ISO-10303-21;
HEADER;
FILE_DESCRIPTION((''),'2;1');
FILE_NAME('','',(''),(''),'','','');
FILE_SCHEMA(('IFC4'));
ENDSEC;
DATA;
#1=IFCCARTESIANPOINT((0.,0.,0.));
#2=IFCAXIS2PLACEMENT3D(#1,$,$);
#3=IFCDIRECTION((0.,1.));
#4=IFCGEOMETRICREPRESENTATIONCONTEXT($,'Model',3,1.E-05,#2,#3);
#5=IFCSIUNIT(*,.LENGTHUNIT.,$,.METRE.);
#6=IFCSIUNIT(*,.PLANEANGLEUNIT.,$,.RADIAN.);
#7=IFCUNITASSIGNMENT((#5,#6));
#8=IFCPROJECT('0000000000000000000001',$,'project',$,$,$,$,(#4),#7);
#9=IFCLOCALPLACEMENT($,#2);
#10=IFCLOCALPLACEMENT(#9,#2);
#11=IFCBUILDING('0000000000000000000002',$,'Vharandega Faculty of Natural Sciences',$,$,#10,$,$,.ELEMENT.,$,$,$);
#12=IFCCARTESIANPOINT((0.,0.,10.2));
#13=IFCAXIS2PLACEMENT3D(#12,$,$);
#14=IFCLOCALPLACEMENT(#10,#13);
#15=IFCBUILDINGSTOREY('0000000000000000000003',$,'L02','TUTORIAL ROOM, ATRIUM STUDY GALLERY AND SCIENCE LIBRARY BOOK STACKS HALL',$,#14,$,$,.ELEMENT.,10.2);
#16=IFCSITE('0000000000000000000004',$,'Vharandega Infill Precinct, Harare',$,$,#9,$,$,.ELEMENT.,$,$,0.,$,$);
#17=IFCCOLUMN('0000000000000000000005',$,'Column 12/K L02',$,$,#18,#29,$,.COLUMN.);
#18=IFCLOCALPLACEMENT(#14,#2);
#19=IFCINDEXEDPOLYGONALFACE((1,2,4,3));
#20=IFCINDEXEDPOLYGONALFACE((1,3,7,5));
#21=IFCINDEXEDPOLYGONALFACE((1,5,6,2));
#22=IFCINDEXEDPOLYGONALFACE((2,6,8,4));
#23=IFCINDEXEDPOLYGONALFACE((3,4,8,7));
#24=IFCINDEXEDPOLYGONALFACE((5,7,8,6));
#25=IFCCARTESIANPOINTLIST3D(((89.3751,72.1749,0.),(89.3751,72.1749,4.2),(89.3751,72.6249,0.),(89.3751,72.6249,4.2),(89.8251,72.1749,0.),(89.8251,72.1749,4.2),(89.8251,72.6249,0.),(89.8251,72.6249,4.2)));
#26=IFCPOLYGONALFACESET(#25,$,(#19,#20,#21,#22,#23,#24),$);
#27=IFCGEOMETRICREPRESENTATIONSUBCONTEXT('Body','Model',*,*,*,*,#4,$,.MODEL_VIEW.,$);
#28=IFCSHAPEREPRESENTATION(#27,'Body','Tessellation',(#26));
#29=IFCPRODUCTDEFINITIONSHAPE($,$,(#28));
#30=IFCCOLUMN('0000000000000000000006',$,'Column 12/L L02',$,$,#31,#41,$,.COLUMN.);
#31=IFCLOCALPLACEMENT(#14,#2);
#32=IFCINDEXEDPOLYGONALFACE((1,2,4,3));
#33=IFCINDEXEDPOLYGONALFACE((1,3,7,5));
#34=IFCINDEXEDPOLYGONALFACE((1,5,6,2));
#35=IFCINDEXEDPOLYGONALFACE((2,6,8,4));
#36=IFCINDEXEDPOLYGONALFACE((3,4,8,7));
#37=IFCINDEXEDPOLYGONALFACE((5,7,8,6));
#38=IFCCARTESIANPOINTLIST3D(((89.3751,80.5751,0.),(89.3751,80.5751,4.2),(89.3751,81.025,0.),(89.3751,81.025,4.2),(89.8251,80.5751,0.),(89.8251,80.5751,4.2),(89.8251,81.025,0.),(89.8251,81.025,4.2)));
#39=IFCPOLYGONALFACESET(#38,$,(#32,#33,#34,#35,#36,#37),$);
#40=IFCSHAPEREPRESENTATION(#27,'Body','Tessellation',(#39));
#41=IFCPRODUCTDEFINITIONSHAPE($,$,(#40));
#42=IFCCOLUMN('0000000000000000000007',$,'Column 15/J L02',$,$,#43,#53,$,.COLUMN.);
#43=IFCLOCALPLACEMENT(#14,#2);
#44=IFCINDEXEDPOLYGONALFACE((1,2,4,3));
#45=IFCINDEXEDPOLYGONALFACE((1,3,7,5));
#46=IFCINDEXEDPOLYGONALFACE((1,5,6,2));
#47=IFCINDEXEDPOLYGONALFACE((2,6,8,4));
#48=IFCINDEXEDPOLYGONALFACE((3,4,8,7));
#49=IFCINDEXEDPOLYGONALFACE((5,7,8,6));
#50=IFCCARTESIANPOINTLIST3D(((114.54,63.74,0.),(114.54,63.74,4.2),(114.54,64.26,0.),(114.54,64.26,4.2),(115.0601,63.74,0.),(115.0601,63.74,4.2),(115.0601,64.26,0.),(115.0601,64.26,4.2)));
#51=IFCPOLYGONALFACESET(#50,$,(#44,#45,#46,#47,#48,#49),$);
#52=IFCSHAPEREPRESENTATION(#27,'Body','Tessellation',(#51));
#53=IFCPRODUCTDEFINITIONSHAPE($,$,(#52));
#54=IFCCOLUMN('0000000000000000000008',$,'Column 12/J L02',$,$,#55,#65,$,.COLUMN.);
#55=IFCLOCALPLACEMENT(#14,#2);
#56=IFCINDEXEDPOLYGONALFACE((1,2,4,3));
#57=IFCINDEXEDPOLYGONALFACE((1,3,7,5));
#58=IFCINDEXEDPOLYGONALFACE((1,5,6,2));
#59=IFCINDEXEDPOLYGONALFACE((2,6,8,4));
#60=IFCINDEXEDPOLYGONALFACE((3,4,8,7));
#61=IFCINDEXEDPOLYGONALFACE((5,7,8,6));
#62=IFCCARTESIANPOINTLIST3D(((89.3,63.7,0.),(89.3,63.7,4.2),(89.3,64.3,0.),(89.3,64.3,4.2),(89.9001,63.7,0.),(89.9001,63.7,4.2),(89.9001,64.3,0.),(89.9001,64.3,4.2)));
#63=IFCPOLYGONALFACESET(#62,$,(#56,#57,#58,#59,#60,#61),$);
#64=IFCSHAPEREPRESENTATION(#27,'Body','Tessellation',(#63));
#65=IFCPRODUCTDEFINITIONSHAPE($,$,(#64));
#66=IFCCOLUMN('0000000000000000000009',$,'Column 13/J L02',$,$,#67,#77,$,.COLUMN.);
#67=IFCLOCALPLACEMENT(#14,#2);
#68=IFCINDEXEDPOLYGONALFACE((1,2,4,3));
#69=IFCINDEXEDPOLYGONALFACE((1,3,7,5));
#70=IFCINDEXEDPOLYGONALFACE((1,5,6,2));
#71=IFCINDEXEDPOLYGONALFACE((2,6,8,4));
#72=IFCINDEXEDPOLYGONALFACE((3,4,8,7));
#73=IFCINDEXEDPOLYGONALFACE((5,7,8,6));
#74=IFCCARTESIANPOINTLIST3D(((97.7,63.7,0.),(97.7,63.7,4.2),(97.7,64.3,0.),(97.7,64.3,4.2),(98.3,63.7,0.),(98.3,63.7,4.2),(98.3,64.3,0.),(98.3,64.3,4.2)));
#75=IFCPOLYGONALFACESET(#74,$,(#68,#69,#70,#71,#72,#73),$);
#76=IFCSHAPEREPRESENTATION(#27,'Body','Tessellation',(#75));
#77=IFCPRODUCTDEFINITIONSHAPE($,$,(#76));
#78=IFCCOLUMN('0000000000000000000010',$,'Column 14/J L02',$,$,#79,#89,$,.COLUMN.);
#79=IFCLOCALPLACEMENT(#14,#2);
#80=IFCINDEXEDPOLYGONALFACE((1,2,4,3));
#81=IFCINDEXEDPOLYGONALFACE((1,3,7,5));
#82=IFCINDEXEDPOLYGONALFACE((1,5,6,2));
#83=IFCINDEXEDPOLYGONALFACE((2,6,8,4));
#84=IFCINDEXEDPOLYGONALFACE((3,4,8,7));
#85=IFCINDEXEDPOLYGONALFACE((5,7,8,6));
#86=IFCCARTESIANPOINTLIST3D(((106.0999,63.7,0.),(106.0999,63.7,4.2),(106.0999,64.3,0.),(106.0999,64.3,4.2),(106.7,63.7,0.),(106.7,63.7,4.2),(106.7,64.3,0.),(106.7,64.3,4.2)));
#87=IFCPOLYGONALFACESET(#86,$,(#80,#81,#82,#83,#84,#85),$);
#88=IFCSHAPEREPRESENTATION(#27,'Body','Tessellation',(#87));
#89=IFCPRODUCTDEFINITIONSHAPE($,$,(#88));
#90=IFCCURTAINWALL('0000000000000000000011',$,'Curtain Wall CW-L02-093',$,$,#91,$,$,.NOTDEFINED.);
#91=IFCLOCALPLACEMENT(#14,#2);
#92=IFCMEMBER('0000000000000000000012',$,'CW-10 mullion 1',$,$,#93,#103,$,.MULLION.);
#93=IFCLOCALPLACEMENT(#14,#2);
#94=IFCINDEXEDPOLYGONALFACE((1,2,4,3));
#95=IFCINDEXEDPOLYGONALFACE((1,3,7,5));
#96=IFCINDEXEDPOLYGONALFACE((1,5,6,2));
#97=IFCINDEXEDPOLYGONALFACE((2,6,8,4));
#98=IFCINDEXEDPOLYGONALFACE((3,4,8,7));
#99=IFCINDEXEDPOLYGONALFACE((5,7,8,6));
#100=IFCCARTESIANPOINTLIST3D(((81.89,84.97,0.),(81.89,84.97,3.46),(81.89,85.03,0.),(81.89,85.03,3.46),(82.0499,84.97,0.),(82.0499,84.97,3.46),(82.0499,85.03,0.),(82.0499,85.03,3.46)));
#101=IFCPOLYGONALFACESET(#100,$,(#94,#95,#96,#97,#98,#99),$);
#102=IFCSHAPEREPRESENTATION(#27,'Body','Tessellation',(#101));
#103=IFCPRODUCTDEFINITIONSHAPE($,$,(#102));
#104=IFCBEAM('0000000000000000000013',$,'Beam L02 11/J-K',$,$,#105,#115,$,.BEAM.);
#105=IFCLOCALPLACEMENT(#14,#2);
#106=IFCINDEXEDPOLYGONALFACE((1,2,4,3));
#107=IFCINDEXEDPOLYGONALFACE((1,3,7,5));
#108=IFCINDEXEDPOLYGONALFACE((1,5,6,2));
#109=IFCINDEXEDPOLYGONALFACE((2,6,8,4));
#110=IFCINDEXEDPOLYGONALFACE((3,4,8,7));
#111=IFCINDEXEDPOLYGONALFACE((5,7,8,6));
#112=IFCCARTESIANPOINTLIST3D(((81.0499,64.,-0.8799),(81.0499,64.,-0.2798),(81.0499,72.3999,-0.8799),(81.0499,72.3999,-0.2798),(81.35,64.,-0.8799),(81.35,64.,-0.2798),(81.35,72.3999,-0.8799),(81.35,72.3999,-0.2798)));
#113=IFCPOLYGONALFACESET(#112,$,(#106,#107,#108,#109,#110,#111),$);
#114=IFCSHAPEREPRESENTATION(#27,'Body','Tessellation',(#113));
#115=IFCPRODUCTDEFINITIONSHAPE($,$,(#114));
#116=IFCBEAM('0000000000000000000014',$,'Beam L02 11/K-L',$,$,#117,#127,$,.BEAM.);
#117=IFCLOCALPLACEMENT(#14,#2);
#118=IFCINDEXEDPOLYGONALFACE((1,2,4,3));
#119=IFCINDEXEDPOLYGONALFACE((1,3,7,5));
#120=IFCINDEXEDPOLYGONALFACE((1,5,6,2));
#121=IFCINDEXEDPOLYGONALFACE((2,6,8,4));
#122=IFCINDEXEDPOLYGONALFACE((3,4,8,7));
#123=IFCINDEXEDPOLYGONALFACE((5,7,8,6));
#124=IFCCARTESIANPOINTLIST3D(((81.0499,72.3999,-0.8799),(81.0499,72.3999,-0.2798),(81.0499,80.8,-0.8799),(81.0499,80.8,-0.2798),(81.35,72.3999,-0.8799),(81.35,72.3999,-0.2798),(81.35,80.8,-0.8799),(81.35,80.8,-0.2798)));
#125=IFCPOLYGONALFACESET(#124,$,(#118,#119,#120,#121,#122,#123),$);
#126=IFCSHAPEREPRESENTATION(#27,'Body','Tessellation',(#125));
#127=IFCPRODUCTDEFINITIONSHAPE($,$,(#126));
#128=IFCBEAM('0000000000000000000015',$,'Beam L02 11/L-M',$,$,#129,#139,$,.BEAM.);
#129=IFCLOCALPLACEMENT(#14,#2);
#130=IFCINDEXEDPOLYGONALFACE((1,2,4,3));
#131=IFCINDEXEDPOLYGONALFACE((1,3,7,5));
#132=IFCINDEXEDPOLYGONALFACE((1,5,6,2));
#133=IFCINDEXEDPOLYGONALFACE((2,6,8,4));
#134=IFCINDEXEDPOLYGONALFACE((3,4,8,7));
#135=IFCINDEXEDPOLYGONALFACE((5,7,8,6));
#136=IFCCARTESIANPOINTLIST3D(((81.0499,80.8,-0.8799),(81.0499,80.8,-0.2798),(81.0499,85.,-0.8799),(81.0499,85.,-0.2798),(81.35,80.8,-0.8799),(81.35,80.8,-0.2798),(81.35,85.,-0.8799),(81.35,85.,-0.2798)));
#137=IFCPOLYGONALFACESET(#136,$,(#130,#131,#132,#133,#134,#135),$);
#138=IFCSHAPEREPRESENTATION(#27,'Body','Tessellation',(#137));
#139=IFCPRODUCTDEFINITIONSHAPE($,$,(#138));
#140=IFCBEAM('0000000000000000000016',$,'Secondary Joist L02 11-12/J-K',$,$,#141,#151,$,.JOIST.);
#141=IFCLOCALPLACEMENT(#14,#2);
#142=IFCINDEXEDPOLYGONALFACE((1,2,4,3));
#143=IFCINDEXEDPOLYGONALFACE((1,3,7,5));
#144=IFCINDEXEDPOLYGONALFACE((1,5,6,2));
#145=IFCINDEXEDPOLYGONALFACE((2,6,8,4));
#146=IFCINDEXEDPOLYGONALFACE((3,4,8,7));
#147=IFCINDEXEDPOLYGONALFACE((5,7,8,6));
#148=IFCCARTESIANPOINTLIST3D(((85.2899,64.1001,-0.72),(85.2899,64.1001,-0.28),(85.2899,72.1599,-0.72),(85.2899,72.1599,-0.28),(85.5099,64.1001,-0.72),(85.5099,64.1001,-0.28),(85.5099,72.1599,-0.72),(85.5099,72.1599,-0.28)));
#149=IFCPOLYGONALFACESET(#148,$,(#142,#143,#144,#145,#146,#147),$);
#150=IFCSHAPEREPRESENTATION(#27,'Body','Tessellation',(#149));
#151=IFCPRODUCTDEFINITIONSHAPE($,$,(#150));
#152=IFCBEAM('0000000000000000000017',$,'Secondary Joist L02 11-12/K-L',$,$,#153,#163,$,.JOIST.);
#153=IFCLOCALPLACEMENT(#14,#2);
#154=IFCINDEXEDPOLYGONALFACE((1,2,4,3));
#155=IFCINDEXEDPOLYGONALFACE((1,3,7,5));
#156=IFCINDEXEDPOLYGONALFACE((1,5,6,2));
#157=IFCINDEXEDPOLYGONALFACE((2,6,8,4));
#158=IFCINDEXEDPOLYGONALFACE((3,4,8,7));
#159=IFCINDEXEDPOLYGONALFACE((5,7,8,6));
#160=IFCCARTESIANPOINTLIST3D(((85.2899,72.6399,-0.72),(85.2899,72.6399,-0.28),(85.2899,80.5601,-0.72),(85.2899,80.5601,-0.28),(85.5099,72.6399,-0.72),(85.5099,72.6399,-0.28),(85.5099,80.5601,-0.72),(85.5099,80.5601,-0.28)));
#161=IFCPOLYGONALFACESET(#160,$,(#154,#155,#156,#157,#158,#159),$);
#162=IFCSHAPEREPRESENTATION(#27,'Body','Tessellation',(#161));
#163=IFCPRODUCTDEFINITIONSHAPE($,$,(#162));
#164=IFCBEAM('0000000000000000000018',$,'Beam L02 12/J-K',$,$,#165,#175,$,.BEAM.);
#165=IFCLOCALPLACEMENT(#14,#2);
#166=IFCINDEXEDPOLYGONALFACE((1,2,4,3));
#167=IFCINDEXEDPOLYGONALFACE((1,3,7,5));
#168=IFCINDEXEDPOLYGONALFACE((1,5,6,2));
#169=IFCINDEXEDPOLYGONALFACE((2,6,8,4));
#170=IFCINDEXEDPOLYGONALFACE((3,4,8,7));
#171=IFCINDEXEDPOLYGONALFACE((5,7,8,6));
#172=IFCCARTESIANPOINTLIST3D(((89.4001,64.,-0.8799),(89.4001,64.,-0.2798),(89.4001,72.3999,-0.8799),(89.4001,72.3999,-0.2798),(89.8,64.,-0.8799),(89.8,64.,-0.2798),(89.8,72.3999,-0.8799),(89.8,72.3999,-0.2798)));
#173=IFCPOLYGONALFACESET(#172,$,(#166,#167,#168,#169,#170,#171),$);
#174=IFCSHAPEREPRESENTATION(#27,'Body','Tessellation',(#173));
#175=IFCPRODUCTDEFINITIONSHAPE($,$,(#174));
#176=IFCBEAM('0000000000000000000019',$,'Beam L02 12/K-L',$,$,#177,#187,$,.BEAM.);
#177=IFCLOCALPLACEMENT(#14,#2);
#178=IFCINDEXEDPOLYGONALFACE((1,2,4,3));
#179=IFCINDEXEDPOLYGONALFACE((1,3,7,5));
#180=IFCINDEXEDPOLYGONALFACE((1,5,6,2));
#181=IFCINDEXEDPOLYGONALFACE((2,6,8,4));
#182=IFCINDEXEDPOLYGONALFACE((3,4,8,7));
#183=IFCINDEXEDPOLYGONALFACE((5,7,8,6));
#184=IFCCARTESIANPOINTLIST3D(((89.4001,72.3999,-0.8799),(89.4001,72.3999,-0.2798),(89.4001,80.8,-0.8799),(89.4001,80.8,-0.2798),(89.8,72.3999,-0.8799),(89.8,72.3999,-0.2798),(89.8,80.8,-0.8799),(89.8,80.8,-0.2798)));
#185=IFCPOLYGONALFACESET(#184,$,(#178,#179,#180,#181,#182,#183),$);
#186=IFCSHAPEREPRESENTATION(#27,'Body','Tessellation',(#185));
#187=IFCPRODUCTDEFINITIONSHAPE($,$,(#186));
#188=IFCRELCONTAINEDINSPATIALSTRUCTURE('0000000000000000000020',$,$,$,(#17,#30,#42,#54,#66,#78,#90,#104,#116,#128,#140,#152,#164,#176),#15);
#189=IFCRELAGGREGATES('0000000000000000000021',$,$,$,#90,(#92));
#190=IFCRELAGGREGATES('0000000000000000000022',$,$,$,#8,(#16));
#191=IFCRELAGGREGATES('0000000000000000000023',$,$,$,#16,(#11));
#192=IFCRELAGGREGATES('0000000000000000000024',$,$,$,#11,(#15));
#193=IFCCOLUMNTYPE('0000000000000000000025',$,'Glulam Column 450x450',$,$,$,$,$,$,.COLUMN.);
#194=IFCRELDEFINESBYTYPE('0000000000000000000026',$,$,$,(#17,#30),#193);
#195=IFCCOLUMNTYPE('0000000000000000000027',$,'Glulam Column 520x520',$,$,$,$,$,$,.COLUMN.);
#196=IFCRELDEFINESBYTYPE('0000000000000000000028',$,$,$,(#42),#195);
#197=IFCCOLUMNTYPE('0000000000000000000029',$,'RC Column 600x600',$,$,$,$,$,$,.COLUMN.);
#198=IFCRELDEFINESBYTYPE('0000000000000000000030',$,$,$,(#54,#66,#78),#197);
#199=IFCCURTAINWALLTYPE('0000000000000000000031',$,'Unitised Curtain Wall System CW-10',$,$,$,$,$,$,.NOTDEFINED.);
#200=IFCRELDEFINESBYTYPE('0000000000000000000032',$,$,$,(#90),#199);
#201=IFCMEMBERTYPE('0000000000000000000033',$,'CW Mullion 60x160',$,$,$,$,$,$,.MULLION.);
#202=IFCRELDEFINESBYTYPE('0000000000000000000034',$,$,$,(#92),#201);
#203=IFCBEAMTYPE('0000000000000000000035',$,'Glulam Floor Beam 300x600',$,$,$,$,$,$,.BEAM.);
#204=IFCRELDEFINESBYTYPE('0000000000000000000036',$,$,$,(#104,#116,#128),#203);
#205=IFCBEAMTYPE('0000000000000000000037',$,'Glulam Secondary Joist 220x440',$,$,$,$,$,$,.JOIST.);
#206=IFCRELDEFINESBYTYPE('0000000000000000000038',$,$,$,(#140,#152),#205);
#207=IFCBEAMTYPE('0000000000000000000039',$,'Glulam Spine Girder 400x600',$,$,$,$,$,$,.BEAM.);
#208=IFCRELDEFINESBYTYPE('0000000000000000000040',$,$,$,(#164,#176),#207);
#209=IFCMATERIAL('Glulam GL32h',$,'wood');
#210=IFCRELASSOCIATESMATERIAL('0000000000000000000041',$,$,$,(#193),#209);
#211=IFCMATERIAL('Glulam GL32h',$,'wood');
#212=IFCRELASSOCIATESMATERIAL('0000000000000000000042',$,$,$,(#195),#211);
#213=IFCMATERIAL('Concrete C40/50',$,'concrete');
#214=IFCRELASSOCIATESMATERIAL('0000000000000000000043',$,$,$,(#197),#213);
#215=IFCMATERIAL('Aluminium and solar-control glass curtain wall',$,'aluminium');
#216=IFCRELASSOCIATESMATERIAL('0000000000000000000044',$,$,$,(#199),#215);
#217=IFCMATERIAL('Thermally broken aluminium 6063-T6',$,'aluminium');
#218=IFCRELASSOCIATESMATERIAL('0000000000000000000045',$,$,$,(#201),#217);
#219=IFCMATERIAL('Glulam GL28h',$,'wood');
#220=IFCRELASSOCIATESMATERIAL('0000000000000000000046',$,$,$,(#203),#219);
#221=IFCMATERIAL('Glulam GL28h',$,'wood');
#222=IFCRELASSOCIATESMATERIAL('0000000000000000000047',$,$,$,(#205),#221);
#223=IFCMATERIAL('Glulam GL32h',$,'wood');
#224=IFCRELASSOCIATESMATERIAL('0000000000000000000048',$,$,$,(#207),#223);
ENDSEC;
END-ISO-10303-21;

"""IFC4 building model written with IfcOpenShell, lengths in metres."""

from ifc_helpers import new_model, si_unit, direction, frame, origin, origin_2d, place, context, subcontext, project, spatial, rectangle, extrude, material, material_profile, profile_set, type_object, element, aggregate, save


model = new_model("IFC4")

# Units and contexts
model_context = context("Model", 3, precision=1e-05, world=origin(), true_north=direction((0.0, 1.0)))
body_context = subcontext(model_context, "Body", "Model", "MODEL_VIEW")
ifc_project = project(units=[si_unit("LENGTHUNIT", "METRE"), si_unit("PLANEANGLEUNIT", "RADIAN")], contexts=[model_context])

# Site, building, storey
site_placement = place(None, origin())
site = spatial("IfcSite", under=ifc_project, at=site_placement, Name="Vharandega Infill Precinct, Harare", CompositionType="ELEMENT", RefElevation=0.0)
building_placement = place(site_placement, origin())
building = spatial("IfcBuilding", under=site, at=building_placement, Name="Vharandega Faculty of Natural Sciences", CompositionType="ELEMENT")
storey_placement = place(building_placement, frame((0.0, 0.0, 10.2)))
storey = spatial("IfcBuildingStorey", under=building, at=storey_placement, Name="L02", Description="TUTORIAL ROOM, ATRIUM STUDY GALLERY AND SCIENCE LIBRARY BOOK STACKS HALL", CompositionType="ELEMENT", Elevation=10.2)

# Columns
ifc_material_1 = material(Name="Glulam GL32h", Category="wood")
ifc_material_profile_1 = material_profile(ifc_material_1, rectangle(XDim=0.45, YDim=0.45, at=origin_2d()), Name="GL32h 450x450")
ifc_profile_set_1 = profile_set([ifc_material_profile_1], Name="Glulam GL32h")
column_type_1 = type_object("IfcColumnType", Name="Glulam Column 450x450", PredefinedType="COLUMN", material=ifc_profile_set_1)
for number, where, z_axis, x_axis, name in (
    (1, (89.6001, 72.3999, 0.0), (0.0, 0.0, 1.0), (1.0, 0.0, 0.0), "Column 12/K L02"),
    (2, (89.6001, 80.8, 0.0), (0.0, 0.0, 1.0), (1.0, 0.0, 0.0), "Column 12/L L02"),
):
    element("IfcColumn", number, at=place(storey_placement, frame(where, z_axis=z_axis, x_axis=x_axis)), inside=storey, type_object=column_type_1, Name=name, PredefinedType="COLUMN", context=body_context, shape_type="SweptSolid", body=[
        extrude(rectangle(XDim=0.45, YDim=0.45, at=origin_2d()), origin(), (0.0, 0.0, 1.0), 4.2),
    ])
ifc_material_2 = material(Name="Glulam GL32h", Category="wood")
ifc_material_profile_2 = material_profile(ifc_material_2, rectangle(XDim=0.52, YDim=0.52, at=origin_2d()), Name="GL32h 520x520")
ifc_profile_set_2 = profile_set([ifc_material_profile_2], Name="Glulam GL32h")
column_type_2 = type_object("IfcColumnType", Name="Glulam Column 520x520", PredefinedType="COLUMN", material=ifc_profile_set_2)
column_placement = place(storey_placement, frame((114.8, 64.0, 0.0), z_axis=(0.0, 0.0, 1.0), x_axis=(1.0, 0.0, 0.0)))
element("IfcColumn", 3, at=column_placement, inside=storey, type_object=column_type_2, Name="Column 15/J L02", PredefinedType="COLUMN", context=body_context, shape_type="SweptSolid", body=[
    extrude(rectangle(XDim=0.52, YDim=0.52, at=origin_2d()), origin(), (0.0, 0.0, 1.0), 4.2),
])
ifc_material_3 = material(Name="Concrete C40/50", Category="concrete")
ifc_material_profile_3 = material_profile(ifc_material_3, rectangle(XDim=0.6001, YDim=0.6001, at=origin_2d()), Name="RC 600x600")
ifc_profile_set_3 = profile_set([ifc_material_profile_3], Name="Concrete C40/50")
column_type_3 = type_object("IfcColumnType", Name="RC Column 600x600", PredefinedType="COLUMN", material=ifc_profile_set_3)
for number, where, z_axis, x_axis, name in (
    (4, (89.6001, 64.0, 0.0), (0.0, 0.0, 1.0), (1.0, 0.0, 0.0), "Column 12/J L02"),
    (5, (98.0, 64.0, 0.0), (0.0, 0.0, 1.0), (1.0, 0.0, 0.0), "Column 13/J L02"),
    (6, (106.3999, 64.0, 0.0), (0.0, 0.0, 1.0), (1.0, 0.0, 0.0), "Column 14/J L02"),
):
    element("IfcColumn", number, at=place(storey_placement, frame(where, z_axis=z_axis, x_axis=x_axis)), inside=storey, type_object=column_type_3, Name=name, PredefinedType="COLUMN", context=body_context, shape_type="SweptSolid", body=[
        extrude(rectangle(XDim=0.6001, YDim=0.6001, at=origin_2d()), origin(), (0.0, 0.0, 1.0), 4.2),
    ])

# Curtain wall, member
ifc_material_4 = material(Name="Aluminium and solar-control glass curtain wall", Category="aluminium")
curtain_wall_type = type_object("IfcCurtainWallType", Name="Unitised Curtain Wall System CW-10", PredefinedType="NOTDEFINED", material=ifc_material_4)
curtain_wall_placement = place(storey_placement, origin())
curtain_wall = element("IfcCurtainWall", 7, at=curtain_wall_placement, inside=storey, type_object=curtain_wall_type, Name="Curtain Wall CW-L02-093", PredefinedType="NOTDEFINED")
ifc_material_5 = material(Name="Thermally broken aluminium 6063-T6", Category="aluminium")
ifc_material_profile_4 = material_profile(ifc_material_5, rectangle(XDim=0.0601, YDim=0.1599, at=origin_2d()), Name="ALU 60x160")
ifc_profile_set_4 = profile_set([ifc_material_profile_4], Name="Thermally broken aluminium 6063-T6")
member_type = type_object("IfcMemberType", Name="CW Mullion 60x160", PredefinedType="MULLION", material=ifc_profile_set_4)
member_placement = place(storey_placement, frame((81.97, 85.0, 0.0), z_axis=(0.0, 0.0, 1.0), x_axis=(0.0, 1.0, 0.0)))
member = element("IfcMember", 8, at=member_placement, type_object=member_type, Name="CW-10 mullion 1", PredefinedType="MULLION", context=body_context, shape_type="SweptSolid", body=[
    extrude(rectangle(XDim=0.0601, YDim=0.1599, at=origin_2d()), origin(), (0.0, 0.0, 1.0), 3.46),
])
aggregate(curtain_wall, [member])

# Beams
ifc_material_6 = material(Name="Glulam GL28h", Category="wood")
ifc_material_profile_5 = material_profile(ifc_material_6, rectangle(XDim=0.3, YDim=0.6001, at=origin_2d()), Name="GL28h 300x600")
ifc_profile_set_5 = profile_set([ifc_material_profile_5], Name="Glulam GL28h")
beam_type_1 = type_object("IfcBeamType", Name="Glulam Floor Beam 300x600", PredefinedType="BEAM", material=ifc_profile_set_5)
beam_1_placement = place(storey_placement, frame((81.2, 64.0, -0.5798), z_axis=(0.0, 1.0, 0.0), x_axis=(-1.0, 0.0, 0.0)))
element("IfcBeam", 9, at=beam_1_placement, inside=storey, type_object=beam_type_1, Name="Beam L02 11/J-K", PredefinedType="BEAM", context=body_context, shape_type="SweptSolid", body=[
    extrude(rectangle(XDim=0.3, YDim=0.6001, at=origin_2d()), origin(), (0.0, 0.0, 1.0), 8.3999),
])
beam_2_placement = place(storey_placement, frame((81.2, 72.3999, -0.5798), z_axis=(0.0, 1.0, 0.0), x_axis=(-1.0, 0.0, 0.0)))
element("IfcBeam", 10, at=beam_2_placement, inside=storey, type_object=beam_type_1, Name="Beam L02 11/K-L", PredefinedType="BEAM", context=body_context, shape_type="SweptSolid", body=[
    extrude(rectangle(XDim=0.3, YDim=0.6001, at=origin_2d()), origin(), (0.0, 0.0, 1.0), 8.4001),
])
beam_3_placement = place(storey_placement, frame((81.2, 80.8, -0.5798), z_axis=(0.0, 1.0, 0.0), x_axis=(-1.0, 0.0, 0.0)))
element("IfcBeam", 11, at=beam_3_placement, inside=storey, type_object=beam_type_1, Name="Beam L02 11/L-M", PredefinedType="BEAM", context=body_context, shape_type="SweptSolid", body=[
    extrude(rectangle(XDim=0.3, YDim=0.6001, at=origin_2d()), origin(), (0.0, 0.0, 1.0), 4.2),
])
ifc_material_7 = material(Name="Glulam GL28h", Category="wood")
ifc_material_profile_6 = material_profile(ifc_material_7, rectangle(XDim=0.22, YDim=0.4399, at=origin_2d()), Name="GL28h 220x440")
ifc_profile_set_6 = profile_set([ifc_material_profile_6], Name="Glulam GL28h")
beam_type_2 = type_object("IfcBeamType", Name="Glulam Secondary Joist 220x440", PredefinedType="JOIST", material=ifc_profile_set_6)
beam_4_placement = place(storey_placement, frame((85.3999, 64.1001, -0.5), z_axis=(0.0, 1.0, 0.0), x_axis=(-1.0, 0.0, 0.0)))
element("IfcBeam", 12, at=beam_4_placement, inside=storey, type_object=beam_type_2, Name="Secondary Joist L02 11-12/J-K", PredefinedType="JOIST", context=body_context, shape_type="SweptSolid", body=[
    extrude(rectangle(XDim=0.22, YDim=0.4399, at=origin_2d()), origin(), (0.0, 0.0, 1.0), 8.0598),
])
beam_5_placement = place(storey_placement, frame((85.3999, 72.6399, -0.5), z_axis=(0.0, 1.0, 0.0), x_axis=(-1.0, 0.0, 0.0)))
element("IfcBeam", 13, at=beam_5_placement, inside=storey, type_object=beam_type_2, Name="Secondary Joist L02 11-12/K-L", PredefinedType="JOIST", context=body_context, shape_type="SweptSolid", body=[
    extrude(rectangle(XDim=0.22, YDim=0.4399, at=origin_2d()), origin(), (0.0, 0.0, 1.0), 7.9202),
])
ifc_material_8 = material(Name="Glulam GL32h", Category="wood")
ifc_material_profile_7 = material_profile(ifc_material_8, rectangle(XDim=0.3999, YDim=0.6001, at=origin_2d()), Name="GL32h 400x600")
ifc_profile_set_7 = profile_set([ifc_material_profile_7], Name="Glulam GL32h")
beam_type_3 = type_object("IfcBeamType", Name="Glulam Spine Girder 400x600", PredefinedType="BEAM", material=ifc_profile_set_7)
beam_6_placement = place(storey_placement, frame((89.6001, 64.0, -0.5798), z_axis=(0.0, 1.0, 0.0), x_axis=(-1.0, 0.0, 0.0)))
element("IfcBeam", 14, at=beam_6_placement, inside=storey, type_object=beam_type_3, Name="Beam L02 12/J-K", PredefinedType="BEAM", context=body_context, shape_type="SweptSolid", body=[
    extrude(rectangle(XDim=0.3999, YDim=0.6001, at=origin_2d()), origin(), (0.0, 0.0, 1.0), 8.3999),
])
beam_7_placement = place(storey_placement, frame((89.6001, 72.3999, -0.5798), z_axis=(0.0, 1.0, 0.0), x_axis=(-1.0, 0.0, 0.0)))
element("IfcBeam", 15, at=beam_7_placement, inside=storey, type_object=beam_type_3, Name="Beam L02 12/K-L", PredefinedType="BEAM", context=body_context, shape_type="SweptSolid", body=[
    extrude(rectangle(XDim=0.3999, YDim=0.6001, at=origin_2d()), origin(), (0.0, 0.0, 1.0), 8.4001),
])

save(model, "model.ifc")
